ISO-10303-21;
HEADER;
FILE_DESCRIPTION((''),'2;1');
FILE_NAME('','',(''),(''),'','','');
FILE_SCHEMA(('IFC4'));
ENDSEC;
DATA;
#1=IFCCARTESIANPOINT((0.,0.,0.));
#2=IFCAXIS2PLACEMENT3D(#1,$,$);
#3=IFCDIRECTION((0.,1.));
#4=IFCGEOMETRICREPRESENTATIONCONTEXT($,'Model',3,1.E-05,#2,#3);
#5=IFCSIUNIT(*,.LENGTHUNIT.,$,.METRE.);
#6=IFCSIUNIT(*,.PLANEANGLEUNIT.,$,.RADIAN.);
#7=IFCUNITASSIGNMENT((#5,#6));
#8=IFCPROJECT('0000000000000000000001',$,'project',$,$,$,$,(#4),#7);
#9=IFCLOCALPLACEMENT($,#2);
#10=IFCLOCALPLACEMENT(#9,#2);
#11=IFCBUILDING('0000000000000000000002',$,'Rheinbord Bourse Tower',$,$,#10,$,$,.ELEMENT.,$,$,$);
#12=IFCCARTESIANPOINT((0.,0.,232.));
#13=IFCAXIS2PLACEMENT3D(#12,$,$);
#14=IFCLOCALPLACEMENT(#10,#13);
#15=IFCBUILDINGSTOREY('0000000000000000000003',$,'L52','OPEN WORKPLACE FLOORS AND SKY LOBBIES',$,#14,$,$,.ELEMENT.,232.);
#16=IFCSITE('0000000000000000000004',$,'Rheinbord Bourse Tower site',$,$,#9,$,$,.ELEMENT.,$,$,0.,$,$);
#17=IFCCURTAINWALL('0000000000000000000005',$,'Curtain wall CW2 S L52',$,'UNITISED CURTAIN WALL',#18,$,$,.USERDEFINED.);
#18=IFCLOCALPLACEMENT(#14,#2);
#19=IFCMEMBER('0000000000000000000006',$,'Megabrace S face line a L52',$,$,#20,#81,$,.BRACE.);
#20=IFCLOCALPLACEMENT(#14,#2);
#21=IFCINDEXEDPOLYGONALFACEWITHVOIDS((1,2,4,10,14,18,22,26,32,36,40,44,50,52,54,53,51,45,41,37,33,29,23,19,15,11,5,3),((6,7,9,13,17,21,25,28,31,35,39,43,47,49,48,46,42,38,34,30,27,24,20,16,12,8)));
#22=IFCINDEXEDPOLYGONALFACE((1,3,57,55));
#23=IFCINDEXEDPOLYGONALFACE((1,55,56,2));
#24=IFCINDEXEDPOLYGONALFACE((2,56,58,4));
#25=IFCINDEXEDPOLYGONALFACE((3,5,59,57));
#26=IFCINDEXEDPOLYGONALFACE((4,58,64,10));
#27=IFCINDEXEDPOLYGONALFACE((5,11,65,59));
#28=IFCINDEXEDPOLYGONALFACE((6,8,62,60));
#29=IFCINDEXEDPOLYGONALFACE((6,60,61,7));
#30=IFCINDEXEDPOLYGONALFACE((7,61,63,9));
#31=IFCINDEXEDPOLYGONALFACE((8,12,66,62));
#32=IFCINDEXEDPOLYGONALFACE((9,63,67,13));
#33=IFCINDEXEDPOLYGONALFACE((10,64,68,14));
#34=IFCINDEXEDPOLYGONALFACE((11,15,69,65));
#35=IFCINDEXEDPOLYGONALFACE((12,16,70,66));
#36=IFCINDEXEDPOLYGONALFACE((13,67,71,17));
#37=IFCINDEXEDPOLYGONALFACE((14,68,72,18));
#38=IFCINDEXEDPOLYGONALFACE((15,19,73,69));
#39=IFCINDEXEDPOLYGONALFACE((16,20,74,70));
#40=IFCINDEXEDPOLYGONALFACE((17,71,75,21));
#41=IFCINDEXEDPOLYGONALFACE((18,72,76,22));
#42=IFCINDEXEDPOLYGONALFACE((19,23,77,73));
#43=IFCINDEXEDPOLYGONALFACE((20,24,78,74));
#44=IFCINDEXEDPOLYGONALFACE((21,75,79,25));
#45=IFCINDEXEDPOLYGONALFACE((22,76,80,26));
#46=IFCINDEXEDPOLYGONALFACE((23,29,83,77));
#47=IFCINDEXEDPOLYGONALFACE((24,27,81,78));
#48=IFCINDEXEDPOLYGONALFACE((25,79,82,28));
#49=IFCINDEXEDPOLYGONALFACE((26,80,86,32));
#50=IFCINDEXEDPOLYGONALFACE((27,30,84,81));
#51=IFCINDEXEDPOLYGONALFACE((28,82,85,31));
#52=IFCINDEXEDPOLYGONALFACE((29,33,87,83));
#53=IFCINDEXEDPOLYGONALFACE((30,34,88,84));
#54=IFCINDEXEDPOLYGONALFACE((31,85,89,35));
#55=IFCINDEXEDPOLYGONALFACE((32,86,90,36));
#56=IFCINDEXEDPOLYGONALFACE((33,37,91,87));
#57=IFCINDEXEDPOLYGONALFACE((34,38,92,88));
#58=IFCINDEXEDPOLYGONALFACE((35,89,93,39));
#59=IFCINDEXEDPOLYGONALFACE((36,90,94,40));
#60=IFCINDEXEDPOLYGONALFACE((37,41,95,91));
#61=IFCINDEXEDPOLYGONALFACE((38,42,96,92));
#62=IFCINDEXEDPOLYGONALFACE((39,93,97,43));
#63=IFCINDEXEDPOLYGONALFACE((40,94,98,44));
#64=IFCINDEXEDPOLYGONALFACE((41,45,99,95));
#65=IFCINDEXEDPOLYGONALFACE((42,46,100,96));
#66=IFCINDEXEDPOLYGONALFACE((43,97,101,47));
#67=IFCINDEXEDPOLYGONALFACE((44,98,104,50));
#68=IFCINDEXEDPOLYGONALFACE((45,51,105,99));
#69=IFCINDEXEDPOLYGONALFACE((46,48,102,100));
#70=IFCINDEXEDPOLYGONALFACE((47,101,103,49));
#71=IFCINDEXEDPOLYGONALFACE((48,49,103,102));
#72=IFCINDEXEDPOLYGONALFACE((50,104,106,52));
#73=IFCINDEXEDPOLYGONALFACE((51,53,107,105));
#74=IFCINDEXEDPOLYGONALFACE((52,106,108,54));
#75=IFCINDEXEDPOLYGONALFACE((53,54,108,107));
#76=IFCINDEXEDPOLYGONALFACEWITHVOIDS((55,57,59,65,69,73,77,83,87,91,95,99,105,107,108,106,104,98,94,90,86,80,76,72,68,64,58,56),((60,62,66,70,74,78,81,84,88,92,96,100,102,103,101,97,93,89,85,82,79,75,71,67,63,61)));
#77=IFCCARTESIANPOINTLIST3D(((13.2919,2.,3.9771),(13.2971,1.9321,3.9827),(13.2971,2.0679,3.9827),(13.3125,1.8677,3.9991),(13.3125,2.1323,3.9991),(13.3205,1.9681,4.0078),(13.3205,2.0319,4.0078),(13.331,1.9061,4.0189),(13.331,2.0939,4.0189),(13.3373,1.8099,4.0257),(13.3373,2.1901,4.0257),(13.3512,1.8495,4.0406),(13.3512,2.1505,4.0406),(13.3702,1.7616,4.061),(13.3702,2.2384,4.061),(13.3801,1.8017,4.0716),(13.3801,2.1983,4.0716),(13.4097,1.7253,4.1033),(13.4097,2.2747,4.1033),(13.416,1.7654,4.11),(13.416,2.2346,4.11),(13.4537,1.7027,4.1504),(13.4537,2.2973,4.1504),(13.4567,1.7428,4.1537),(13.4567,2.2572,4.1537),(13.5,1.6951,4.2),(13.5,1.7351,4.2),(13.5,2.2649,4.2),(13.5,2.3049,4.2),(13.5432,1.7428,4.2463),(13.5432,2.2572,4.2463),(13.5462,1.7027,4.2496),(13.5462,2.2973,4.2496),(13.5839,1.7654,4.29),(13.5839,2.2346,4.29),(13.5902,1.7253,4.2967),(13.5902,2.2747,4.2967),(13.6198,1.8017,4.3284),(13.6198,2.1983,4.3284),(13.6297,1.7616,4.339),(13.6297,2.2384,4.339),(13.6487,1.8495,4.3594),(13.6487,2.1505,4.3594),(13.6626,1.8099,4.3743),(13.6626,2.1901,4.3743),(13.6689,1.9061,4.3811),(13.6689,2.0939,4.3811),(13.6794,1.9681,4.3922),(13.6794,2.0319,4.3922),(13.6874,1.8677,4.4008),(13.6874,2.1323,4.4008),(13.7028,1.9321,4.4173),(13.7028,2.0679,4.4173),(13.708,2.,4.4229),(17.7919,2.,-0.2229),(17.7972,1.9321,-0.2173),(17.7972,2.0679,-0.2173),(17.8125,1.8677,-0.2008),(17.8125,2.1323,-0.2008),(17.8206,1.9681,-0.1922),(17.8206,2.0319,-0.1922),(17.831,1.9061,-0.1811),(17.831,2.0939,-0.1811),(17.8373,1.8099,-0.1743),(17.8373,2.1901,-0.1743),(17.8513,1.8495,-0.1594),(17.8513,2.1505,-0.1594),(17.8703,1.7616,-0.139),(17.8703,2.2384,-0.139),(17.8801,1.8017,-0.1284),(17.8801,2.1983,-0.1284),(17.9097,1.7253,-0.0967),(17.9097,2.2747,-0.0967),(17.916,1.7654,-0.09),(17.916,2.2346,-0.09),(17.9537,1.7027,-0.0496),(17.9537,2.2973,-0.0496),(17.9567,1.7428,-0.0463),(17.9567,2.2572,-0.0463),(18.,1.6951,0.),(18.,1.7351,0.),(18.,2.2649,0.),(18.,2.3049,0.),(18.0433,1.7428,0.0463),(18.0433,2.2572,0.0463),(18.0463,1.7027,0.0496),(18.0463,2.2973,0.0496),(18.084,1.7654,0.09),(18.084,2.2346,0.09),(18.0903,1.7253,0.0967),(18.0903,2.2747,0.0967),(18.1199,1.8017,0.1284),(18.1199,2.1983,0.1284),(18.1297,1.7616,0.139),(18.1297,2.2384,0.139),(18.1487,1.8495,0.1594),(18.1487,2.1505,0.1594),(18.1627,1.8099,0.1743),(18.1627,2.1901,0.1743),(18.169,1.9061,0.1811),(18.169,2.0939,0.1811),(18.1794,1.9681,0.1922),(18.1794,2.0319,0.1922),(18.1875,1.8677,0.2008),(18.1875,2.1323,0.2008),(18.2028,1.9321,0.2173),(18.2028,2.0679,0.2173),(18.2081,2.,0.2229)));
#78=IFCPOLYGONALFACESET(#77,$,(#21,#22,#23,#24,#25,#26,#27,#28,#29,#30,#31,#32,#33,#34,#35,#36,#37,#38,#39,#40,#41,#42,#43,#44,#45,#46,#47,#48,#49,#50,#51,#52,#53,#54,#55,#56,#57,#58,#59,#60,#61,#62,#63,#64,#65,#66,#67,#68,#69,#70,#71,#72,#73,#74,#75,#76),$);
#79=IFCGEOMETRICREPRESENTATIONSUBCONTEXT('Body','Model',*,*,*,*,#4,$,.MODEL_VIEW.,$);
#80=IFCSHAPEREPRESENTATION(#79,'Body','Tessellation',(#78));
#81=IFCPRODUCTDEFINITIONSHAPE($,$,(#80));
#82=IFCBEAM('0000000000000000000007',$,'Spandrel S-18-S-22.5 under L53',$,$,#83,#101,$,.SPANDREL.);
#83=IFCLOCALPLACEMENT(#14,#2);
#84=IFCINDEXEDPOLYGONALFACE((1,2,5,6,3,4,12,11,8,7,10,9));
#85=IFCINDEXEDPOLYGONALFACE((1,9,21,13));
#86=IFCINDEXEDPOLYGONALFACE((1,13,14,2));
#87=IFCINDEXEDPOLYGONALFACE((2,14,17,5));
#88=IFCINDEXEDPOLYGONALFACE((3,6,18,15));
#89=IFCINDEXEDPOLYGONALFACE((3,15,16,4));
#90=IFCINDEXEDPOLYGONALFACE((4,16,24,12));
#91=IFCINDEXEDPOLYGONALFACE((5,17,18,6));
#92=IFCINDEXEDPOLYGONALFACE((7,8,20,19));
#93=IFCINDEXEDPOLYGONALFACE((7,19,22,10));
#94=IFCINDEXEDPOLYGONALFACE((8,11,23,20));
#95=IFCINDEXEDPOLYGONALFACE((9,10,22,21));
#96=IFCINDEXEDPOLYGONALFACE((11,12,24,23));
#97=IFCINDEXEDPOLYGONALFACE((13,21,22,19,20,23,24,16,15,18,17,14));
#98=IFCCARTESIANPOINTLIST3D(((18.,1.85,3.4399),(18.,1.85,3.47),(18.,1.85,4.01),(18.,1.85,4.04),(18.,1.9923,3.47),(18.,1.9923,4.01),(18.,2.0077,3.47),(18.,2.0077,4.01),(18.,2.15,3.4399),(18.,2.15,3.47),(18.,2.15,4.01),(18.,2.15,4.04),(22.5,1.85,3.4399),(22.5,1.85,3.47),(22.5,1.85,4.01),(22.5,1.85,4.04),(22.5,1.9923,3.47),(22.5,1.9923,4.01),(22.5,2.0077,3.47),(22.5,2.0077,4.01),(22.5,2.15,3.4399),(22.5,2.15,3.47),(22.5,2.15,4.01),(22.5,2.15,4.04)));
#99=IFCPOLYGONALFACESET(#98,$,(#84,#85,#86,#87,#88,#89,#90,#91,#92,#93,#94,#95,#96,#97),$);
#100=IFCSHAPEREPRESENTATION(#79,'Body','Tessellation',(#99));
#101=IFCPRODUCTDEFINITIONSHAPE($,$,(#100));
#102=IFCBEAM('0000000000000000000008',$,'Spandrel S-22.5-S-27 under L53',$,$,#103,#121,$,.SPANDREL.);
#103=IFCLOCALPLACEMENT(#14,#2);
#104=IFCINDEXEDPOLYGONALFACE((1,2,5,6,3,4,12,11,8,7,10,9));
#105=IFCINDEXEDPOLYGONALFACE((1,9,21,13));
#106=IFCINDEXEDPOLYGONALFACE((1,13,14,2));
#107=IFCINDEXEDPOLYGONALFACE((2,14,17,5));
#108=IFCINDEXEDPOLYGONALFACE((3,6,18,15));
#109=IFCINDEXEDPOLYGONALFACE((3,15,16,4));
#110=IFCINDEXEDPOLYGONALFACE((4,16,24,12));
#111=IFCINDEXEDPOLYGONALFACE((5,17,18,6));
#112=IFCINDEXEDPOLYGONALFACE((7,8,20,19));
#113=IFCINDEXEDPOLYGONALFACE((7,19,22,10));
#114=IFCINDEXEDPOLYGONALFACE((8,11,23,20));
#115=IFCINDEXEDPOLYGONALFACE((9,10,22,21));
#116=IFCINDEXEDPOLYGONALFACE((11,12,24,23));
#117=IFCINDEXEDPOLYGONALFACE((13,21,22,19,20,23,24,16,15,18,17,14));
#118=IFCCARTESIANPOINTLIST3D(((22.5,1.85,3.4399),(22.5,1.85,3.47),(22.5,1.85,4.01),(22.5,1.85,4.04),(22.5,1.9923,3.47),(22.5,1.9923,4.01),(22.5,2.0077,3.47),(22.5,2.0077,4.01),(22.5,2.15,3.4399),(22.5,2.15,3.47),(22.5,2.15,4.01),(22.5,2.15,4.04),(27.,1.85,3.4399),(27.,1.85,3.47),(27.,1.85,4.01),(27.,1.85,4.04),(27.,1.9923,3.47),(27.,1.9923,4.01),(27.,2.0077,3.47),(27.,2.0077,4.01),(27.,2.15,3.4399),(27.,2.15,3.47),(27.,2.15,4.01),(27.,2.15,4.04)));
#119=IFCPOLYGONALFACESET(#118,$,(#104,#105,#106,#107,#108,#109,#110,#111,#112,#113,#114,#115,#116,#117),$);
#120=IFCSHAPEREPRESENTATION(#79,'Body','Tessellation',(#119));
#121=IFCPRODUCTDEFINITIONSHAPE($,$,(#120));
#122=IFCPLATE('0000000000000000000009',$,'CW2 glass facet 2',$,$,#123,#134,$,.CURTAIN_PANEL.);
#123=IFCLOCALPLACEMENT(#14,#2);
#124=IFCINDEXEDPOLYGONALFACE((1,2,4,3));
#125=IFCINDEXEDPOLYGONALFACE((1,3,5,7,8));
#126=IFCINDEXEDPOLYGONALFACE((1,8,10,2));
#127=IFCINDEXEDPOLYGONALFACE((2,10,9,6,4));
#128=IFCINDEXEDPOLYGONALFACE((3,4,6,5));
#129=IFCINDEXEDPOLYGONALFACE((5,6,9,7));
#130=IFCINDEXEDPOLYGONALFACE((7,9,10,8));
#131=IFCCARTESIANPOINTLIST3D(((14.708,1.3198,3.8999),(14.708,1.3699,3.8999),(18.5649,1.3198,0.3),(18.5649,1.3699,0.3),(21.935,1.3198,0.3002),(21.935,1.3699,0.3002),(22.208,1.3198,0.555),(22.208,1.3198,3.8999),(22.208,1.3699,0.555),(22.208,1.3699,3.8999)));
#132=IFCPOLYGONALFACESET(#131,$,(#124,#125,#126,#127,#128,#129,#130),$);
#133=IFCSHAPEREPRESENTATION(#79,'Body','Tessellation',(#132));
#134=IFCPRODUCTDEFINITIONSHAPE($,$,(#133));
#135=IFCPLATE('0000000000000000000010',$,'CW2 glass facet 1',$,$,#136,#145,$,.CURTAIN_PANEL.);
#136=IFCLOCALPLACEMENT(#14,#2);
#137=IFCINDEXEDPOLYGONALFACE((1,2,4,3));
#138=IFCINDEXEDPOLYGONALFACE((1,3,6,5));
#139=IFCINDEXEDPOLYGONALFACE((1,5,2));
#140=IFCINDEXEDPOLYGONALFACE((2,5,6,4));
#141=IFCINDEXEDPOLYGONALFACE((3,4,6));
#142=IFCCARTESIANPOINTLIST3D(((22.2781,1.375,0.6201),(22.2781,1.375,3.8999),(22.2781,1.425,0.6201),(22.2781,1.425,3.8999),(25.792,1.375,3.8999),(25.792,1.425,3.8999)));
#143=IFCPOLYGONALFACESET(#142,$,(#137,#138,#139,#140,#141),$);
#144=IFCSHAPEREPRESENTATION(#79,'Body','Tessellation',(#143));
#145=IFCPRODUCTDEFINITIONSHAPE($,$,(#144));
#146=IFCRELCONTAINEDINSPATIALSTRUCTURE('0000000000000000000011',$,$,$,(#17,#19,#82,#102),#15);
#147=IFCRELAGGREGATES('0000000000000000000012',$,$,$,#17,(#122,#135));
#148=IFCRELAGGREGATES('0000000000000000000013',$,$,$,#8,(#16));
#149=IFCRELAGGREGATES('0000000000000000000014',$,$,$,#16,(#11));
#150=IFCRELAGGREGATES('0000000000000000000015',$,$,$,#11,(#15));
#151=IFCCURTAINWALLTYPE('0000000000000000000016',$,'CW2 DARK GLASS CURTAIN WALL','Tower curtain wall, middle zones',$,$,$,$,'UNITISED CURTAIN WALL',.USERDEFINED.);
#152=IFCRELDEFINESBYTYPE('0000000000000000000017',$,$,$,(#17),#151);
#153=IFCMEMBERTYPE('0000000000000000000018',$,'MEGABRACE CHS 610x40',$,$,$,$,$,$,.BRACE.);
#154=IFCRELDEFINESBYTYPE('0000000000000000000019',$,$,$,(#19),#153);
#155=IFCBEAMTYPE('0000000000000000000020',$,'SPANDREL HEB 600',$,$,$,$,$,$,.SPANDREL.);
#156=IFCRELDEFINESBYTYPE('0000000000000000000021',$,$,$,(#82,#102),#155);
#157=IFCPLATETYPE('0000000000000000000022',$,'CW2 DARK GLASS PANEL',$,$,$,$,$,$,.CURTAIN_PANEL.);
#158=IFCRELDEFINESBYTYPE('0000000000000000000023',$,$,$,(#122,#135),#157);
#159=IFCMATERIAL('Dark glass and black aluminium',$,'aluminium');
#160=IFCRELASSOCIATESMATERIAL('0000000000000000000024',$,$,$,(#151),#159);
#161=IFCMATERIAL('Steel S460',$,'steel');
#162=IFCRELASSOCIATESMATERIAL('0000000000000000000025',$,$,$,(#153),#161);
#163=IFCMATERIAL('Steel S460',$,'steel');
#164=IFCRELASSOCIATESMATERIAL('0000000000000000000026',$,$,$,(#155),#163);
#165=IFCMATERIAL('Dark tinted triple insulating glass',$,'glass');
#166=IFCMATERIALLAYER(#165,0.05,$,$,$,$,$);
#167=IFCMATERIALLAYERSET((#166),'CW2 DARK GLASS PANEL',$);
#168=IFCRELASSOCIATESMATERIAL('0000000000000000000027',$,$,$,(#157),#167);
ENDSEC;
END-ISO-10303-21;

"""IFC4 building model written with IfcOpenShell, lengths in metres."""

from ifc_helpers import new_model, si_unit, direction, frame, origin, origin_2d, place, context, subcontext, project, spatial, polyline, hollow_circle, i_section, outline, extrude, material, layer, layer_set, material_profile, profile_set, type_object, element, aggregate, save


model = new_model("IFC4")

# Units and contexts
model_context = context("Model", 3, precision=1e-05, world=origin(), true_north=direction((0.0, 1.0)))
body_context = subcontext(model_context, "Body", "Model", "MODEL_VIEW")
ifc_project = project(units=[si_unit("LENGTHUNIT", "METRE"), si_unit("PLANEANGLEUNIT", "RADIAN")], contexts=[model_context])

# Site, building, storey
site_placement = place(None, origin())
site = spatial("IfcSite", under=ifc_project, at=site_placement, Name="Rheinbord Bourse Tower site", CompositionType="ELEMENT", RefElevation=0.0)
building_placement = place(site_placement, origin())
building = spatial("IfcBuilding", under=site, at=building_placement, Name="Rheinbord Bourse Tower", CompositionType="ELEMENT")
storey_placement = place(building_placement, frame((0.0, 0.0, 232.0)))
storey = spatial("IfcBuildingStorey", under=building, at=storey_placement, Name="L52", Description="OPEN WORKPLACE FLOORS AND SKY LOBBIES", CompositionType="ELEMENT", Elevation=232.0)

# Curtain wall
ifc_material_1 = material(Name="Dark glass and black aluminium", Category="aluminium")
curtain_wall_type = type_object("IfcCurtainWallType", Name="CW2 DARK GLASS CURTAIN WALL", Description="Tower curtain wall, middle zones", ElementType="UNITISED CURTAIN WALL", PredefinedType="USERDEFINED", material=ifc_material_1)
curtain_wall_placement = place(storey_placement, origin())
curtain_wall = element("IfcCurtainWall", 1, at=curtain_wall_placement, inside=storey, type_object=curtain_wall_type, Name="Curtain wall CW2 S L52", ObjectType="UNITISED CURTAIN WALL", PredefinedType="USERDEFINED")

# Member
ifc_material_2 = material(Name="Steel S460", Category="steel")
ifc_material_profile_1 = material_profile(ifc_material_2, hollow_circle(Radius=0.3049, WallThickness=0.04, at=origin_2d()), Name="CHS 610x40")
ifc_profile_set_1 = profile_set([ifc_material_profile_1], Name="Steel S460")
member_type_1 = type_object("IfcMemberType", Name="MEGABRACE CHS 610x40", PredefinedType="BRACE", material=ifc_profile_set_1)
member_1_placement = place(storey_placement, frame((18.0, 2.0, 0.0), z_axis=(-0.731059, 0.0, 0.682314), x_axis=(0.0, -1.0, 0.0)))
element("IfcMember", 2, at=member_1_placement, inside=storey, type_object=member_type_1, Name="Megabrace S face line a L52", PredefinedType="BRACE", context=body_context, shape_type="SweptSolid", body=[
    extrude(hollow_circle(Radius=0.3049, WallThickness=0.04, at=origin_2d()), origin(), (0.0, 0.0, 1.0), 6.1555),
])

# Beams
ifc_material_3 = material(Name="Steel S460", Category="steel")
ifc_material_profile_2 = material_profile(ifc_material_3, i_section(OverallWidth=0.3, OverallDepth=0.6001, WebThickness=0.0154, FlangeThickness=0.03, at=origin_2d()), Name="HEB 600")
ifc_profile_set_2 = profile_set([ifc_material_profile_2], Name="Steel S460")
beam_type_1 = type_object("IfcBeamType", Name="SPANDREL HEB 600", PredefinedType="SPANDREL", material=ifc_profile_set_2)
for number, where, z_axis, x_axis, name in (
    (3, (18.0, 2.0, 3.74), (1.0, 0.0, 0.0), (0.0, 1.0, 0.0), "Spandrel S-18-S-22.5 under L53"),
    (4, (22.5, 2.0, 3.74), (1.0, 0.0, 0.0), (0.0, 1.0, 0.0), "Spandrel S-22.5-S-27 under L53"),
):
    element("IfcBeam", number, at=place(storey_placement, frame(where, z_axis=z_axis, x_axis=x_axis)), inside=storey, type_object=beam_type_1, Name=name, PredefinedType="SPANDREL", context=body_context, shape_type="SweptSolid", body=[
        extrude(i_section(OverallWidth=0.3, OverallDepth=0.6001, WebThickness=0.0154, FlangeThickness=0.03, at=origin_2d()), origin(), (0.0, 0.0, 1.0), 4.5),
    ])

# Plates
ifc_material_4 = material(Name="Dark tinted triple insulating glass", Category="glass")
ifc_layer = layer(ifc_material_4, 0.05)
ifc_layer_set = layer_set([ifc_layer], Name="CW2 DARK GLASS PANEL")
plate_type = type_object("IfcPlateType", Name="CW2 DARK GLASS PANEL", PredefinedType="CURTAIN_PANEL", material=ifc_layer_set)
plate_1_placement = place(storey_placement, frame((18.5649, 1.3198, 0.3), z_axis=(0.0, 1.0, 0.0), x_axis=(-0.731051, 0.0, 0.682323)))
plate_1 = element("IfcPlate", 5, at=plate_1_placement, type_object=plate_type, Name="CW2 glass facet 2", PredefinedType="CURTAIN_PANEL", context=body_context, shape_type="SweptSolid", body=[
    extrude(outline(polyline([(0.0, 0.0), (5.2759, 0.0), (-0.207, 5.1174), (-2.4893, 2.6721), (-2.4636, 2.2996), (0.0, 0.0)])), origin(), (0.0, 0.0, 1.0), 0.05),
])
plate_2_placement = place(storey_placement, frame((22.2781, 1.375, 3.8999), z_axis=(0.0, 1.0, 0.0), x_axis=(1.0, 0.0, 0.0)))
plate_2 = element("IfcPlate", 6, at=plate_2_placement, type_object=plate_type, Name="CW2 glass facet 1", PredefinedType="CURTAIN_PANEL", context=body_context, shape_type="SweptSolid", body=[
    extrude(outline(polyline([(0.0, 0.0), (3.5139, 0.0), (0.0, 3.2798), (0.0, 0.0)])), origin(), (0.0, 0.0, 1.0), 0.05),
])
aggregate(curtain_wall, [plate_1, plate_2])

save(model, "model.ifc")
